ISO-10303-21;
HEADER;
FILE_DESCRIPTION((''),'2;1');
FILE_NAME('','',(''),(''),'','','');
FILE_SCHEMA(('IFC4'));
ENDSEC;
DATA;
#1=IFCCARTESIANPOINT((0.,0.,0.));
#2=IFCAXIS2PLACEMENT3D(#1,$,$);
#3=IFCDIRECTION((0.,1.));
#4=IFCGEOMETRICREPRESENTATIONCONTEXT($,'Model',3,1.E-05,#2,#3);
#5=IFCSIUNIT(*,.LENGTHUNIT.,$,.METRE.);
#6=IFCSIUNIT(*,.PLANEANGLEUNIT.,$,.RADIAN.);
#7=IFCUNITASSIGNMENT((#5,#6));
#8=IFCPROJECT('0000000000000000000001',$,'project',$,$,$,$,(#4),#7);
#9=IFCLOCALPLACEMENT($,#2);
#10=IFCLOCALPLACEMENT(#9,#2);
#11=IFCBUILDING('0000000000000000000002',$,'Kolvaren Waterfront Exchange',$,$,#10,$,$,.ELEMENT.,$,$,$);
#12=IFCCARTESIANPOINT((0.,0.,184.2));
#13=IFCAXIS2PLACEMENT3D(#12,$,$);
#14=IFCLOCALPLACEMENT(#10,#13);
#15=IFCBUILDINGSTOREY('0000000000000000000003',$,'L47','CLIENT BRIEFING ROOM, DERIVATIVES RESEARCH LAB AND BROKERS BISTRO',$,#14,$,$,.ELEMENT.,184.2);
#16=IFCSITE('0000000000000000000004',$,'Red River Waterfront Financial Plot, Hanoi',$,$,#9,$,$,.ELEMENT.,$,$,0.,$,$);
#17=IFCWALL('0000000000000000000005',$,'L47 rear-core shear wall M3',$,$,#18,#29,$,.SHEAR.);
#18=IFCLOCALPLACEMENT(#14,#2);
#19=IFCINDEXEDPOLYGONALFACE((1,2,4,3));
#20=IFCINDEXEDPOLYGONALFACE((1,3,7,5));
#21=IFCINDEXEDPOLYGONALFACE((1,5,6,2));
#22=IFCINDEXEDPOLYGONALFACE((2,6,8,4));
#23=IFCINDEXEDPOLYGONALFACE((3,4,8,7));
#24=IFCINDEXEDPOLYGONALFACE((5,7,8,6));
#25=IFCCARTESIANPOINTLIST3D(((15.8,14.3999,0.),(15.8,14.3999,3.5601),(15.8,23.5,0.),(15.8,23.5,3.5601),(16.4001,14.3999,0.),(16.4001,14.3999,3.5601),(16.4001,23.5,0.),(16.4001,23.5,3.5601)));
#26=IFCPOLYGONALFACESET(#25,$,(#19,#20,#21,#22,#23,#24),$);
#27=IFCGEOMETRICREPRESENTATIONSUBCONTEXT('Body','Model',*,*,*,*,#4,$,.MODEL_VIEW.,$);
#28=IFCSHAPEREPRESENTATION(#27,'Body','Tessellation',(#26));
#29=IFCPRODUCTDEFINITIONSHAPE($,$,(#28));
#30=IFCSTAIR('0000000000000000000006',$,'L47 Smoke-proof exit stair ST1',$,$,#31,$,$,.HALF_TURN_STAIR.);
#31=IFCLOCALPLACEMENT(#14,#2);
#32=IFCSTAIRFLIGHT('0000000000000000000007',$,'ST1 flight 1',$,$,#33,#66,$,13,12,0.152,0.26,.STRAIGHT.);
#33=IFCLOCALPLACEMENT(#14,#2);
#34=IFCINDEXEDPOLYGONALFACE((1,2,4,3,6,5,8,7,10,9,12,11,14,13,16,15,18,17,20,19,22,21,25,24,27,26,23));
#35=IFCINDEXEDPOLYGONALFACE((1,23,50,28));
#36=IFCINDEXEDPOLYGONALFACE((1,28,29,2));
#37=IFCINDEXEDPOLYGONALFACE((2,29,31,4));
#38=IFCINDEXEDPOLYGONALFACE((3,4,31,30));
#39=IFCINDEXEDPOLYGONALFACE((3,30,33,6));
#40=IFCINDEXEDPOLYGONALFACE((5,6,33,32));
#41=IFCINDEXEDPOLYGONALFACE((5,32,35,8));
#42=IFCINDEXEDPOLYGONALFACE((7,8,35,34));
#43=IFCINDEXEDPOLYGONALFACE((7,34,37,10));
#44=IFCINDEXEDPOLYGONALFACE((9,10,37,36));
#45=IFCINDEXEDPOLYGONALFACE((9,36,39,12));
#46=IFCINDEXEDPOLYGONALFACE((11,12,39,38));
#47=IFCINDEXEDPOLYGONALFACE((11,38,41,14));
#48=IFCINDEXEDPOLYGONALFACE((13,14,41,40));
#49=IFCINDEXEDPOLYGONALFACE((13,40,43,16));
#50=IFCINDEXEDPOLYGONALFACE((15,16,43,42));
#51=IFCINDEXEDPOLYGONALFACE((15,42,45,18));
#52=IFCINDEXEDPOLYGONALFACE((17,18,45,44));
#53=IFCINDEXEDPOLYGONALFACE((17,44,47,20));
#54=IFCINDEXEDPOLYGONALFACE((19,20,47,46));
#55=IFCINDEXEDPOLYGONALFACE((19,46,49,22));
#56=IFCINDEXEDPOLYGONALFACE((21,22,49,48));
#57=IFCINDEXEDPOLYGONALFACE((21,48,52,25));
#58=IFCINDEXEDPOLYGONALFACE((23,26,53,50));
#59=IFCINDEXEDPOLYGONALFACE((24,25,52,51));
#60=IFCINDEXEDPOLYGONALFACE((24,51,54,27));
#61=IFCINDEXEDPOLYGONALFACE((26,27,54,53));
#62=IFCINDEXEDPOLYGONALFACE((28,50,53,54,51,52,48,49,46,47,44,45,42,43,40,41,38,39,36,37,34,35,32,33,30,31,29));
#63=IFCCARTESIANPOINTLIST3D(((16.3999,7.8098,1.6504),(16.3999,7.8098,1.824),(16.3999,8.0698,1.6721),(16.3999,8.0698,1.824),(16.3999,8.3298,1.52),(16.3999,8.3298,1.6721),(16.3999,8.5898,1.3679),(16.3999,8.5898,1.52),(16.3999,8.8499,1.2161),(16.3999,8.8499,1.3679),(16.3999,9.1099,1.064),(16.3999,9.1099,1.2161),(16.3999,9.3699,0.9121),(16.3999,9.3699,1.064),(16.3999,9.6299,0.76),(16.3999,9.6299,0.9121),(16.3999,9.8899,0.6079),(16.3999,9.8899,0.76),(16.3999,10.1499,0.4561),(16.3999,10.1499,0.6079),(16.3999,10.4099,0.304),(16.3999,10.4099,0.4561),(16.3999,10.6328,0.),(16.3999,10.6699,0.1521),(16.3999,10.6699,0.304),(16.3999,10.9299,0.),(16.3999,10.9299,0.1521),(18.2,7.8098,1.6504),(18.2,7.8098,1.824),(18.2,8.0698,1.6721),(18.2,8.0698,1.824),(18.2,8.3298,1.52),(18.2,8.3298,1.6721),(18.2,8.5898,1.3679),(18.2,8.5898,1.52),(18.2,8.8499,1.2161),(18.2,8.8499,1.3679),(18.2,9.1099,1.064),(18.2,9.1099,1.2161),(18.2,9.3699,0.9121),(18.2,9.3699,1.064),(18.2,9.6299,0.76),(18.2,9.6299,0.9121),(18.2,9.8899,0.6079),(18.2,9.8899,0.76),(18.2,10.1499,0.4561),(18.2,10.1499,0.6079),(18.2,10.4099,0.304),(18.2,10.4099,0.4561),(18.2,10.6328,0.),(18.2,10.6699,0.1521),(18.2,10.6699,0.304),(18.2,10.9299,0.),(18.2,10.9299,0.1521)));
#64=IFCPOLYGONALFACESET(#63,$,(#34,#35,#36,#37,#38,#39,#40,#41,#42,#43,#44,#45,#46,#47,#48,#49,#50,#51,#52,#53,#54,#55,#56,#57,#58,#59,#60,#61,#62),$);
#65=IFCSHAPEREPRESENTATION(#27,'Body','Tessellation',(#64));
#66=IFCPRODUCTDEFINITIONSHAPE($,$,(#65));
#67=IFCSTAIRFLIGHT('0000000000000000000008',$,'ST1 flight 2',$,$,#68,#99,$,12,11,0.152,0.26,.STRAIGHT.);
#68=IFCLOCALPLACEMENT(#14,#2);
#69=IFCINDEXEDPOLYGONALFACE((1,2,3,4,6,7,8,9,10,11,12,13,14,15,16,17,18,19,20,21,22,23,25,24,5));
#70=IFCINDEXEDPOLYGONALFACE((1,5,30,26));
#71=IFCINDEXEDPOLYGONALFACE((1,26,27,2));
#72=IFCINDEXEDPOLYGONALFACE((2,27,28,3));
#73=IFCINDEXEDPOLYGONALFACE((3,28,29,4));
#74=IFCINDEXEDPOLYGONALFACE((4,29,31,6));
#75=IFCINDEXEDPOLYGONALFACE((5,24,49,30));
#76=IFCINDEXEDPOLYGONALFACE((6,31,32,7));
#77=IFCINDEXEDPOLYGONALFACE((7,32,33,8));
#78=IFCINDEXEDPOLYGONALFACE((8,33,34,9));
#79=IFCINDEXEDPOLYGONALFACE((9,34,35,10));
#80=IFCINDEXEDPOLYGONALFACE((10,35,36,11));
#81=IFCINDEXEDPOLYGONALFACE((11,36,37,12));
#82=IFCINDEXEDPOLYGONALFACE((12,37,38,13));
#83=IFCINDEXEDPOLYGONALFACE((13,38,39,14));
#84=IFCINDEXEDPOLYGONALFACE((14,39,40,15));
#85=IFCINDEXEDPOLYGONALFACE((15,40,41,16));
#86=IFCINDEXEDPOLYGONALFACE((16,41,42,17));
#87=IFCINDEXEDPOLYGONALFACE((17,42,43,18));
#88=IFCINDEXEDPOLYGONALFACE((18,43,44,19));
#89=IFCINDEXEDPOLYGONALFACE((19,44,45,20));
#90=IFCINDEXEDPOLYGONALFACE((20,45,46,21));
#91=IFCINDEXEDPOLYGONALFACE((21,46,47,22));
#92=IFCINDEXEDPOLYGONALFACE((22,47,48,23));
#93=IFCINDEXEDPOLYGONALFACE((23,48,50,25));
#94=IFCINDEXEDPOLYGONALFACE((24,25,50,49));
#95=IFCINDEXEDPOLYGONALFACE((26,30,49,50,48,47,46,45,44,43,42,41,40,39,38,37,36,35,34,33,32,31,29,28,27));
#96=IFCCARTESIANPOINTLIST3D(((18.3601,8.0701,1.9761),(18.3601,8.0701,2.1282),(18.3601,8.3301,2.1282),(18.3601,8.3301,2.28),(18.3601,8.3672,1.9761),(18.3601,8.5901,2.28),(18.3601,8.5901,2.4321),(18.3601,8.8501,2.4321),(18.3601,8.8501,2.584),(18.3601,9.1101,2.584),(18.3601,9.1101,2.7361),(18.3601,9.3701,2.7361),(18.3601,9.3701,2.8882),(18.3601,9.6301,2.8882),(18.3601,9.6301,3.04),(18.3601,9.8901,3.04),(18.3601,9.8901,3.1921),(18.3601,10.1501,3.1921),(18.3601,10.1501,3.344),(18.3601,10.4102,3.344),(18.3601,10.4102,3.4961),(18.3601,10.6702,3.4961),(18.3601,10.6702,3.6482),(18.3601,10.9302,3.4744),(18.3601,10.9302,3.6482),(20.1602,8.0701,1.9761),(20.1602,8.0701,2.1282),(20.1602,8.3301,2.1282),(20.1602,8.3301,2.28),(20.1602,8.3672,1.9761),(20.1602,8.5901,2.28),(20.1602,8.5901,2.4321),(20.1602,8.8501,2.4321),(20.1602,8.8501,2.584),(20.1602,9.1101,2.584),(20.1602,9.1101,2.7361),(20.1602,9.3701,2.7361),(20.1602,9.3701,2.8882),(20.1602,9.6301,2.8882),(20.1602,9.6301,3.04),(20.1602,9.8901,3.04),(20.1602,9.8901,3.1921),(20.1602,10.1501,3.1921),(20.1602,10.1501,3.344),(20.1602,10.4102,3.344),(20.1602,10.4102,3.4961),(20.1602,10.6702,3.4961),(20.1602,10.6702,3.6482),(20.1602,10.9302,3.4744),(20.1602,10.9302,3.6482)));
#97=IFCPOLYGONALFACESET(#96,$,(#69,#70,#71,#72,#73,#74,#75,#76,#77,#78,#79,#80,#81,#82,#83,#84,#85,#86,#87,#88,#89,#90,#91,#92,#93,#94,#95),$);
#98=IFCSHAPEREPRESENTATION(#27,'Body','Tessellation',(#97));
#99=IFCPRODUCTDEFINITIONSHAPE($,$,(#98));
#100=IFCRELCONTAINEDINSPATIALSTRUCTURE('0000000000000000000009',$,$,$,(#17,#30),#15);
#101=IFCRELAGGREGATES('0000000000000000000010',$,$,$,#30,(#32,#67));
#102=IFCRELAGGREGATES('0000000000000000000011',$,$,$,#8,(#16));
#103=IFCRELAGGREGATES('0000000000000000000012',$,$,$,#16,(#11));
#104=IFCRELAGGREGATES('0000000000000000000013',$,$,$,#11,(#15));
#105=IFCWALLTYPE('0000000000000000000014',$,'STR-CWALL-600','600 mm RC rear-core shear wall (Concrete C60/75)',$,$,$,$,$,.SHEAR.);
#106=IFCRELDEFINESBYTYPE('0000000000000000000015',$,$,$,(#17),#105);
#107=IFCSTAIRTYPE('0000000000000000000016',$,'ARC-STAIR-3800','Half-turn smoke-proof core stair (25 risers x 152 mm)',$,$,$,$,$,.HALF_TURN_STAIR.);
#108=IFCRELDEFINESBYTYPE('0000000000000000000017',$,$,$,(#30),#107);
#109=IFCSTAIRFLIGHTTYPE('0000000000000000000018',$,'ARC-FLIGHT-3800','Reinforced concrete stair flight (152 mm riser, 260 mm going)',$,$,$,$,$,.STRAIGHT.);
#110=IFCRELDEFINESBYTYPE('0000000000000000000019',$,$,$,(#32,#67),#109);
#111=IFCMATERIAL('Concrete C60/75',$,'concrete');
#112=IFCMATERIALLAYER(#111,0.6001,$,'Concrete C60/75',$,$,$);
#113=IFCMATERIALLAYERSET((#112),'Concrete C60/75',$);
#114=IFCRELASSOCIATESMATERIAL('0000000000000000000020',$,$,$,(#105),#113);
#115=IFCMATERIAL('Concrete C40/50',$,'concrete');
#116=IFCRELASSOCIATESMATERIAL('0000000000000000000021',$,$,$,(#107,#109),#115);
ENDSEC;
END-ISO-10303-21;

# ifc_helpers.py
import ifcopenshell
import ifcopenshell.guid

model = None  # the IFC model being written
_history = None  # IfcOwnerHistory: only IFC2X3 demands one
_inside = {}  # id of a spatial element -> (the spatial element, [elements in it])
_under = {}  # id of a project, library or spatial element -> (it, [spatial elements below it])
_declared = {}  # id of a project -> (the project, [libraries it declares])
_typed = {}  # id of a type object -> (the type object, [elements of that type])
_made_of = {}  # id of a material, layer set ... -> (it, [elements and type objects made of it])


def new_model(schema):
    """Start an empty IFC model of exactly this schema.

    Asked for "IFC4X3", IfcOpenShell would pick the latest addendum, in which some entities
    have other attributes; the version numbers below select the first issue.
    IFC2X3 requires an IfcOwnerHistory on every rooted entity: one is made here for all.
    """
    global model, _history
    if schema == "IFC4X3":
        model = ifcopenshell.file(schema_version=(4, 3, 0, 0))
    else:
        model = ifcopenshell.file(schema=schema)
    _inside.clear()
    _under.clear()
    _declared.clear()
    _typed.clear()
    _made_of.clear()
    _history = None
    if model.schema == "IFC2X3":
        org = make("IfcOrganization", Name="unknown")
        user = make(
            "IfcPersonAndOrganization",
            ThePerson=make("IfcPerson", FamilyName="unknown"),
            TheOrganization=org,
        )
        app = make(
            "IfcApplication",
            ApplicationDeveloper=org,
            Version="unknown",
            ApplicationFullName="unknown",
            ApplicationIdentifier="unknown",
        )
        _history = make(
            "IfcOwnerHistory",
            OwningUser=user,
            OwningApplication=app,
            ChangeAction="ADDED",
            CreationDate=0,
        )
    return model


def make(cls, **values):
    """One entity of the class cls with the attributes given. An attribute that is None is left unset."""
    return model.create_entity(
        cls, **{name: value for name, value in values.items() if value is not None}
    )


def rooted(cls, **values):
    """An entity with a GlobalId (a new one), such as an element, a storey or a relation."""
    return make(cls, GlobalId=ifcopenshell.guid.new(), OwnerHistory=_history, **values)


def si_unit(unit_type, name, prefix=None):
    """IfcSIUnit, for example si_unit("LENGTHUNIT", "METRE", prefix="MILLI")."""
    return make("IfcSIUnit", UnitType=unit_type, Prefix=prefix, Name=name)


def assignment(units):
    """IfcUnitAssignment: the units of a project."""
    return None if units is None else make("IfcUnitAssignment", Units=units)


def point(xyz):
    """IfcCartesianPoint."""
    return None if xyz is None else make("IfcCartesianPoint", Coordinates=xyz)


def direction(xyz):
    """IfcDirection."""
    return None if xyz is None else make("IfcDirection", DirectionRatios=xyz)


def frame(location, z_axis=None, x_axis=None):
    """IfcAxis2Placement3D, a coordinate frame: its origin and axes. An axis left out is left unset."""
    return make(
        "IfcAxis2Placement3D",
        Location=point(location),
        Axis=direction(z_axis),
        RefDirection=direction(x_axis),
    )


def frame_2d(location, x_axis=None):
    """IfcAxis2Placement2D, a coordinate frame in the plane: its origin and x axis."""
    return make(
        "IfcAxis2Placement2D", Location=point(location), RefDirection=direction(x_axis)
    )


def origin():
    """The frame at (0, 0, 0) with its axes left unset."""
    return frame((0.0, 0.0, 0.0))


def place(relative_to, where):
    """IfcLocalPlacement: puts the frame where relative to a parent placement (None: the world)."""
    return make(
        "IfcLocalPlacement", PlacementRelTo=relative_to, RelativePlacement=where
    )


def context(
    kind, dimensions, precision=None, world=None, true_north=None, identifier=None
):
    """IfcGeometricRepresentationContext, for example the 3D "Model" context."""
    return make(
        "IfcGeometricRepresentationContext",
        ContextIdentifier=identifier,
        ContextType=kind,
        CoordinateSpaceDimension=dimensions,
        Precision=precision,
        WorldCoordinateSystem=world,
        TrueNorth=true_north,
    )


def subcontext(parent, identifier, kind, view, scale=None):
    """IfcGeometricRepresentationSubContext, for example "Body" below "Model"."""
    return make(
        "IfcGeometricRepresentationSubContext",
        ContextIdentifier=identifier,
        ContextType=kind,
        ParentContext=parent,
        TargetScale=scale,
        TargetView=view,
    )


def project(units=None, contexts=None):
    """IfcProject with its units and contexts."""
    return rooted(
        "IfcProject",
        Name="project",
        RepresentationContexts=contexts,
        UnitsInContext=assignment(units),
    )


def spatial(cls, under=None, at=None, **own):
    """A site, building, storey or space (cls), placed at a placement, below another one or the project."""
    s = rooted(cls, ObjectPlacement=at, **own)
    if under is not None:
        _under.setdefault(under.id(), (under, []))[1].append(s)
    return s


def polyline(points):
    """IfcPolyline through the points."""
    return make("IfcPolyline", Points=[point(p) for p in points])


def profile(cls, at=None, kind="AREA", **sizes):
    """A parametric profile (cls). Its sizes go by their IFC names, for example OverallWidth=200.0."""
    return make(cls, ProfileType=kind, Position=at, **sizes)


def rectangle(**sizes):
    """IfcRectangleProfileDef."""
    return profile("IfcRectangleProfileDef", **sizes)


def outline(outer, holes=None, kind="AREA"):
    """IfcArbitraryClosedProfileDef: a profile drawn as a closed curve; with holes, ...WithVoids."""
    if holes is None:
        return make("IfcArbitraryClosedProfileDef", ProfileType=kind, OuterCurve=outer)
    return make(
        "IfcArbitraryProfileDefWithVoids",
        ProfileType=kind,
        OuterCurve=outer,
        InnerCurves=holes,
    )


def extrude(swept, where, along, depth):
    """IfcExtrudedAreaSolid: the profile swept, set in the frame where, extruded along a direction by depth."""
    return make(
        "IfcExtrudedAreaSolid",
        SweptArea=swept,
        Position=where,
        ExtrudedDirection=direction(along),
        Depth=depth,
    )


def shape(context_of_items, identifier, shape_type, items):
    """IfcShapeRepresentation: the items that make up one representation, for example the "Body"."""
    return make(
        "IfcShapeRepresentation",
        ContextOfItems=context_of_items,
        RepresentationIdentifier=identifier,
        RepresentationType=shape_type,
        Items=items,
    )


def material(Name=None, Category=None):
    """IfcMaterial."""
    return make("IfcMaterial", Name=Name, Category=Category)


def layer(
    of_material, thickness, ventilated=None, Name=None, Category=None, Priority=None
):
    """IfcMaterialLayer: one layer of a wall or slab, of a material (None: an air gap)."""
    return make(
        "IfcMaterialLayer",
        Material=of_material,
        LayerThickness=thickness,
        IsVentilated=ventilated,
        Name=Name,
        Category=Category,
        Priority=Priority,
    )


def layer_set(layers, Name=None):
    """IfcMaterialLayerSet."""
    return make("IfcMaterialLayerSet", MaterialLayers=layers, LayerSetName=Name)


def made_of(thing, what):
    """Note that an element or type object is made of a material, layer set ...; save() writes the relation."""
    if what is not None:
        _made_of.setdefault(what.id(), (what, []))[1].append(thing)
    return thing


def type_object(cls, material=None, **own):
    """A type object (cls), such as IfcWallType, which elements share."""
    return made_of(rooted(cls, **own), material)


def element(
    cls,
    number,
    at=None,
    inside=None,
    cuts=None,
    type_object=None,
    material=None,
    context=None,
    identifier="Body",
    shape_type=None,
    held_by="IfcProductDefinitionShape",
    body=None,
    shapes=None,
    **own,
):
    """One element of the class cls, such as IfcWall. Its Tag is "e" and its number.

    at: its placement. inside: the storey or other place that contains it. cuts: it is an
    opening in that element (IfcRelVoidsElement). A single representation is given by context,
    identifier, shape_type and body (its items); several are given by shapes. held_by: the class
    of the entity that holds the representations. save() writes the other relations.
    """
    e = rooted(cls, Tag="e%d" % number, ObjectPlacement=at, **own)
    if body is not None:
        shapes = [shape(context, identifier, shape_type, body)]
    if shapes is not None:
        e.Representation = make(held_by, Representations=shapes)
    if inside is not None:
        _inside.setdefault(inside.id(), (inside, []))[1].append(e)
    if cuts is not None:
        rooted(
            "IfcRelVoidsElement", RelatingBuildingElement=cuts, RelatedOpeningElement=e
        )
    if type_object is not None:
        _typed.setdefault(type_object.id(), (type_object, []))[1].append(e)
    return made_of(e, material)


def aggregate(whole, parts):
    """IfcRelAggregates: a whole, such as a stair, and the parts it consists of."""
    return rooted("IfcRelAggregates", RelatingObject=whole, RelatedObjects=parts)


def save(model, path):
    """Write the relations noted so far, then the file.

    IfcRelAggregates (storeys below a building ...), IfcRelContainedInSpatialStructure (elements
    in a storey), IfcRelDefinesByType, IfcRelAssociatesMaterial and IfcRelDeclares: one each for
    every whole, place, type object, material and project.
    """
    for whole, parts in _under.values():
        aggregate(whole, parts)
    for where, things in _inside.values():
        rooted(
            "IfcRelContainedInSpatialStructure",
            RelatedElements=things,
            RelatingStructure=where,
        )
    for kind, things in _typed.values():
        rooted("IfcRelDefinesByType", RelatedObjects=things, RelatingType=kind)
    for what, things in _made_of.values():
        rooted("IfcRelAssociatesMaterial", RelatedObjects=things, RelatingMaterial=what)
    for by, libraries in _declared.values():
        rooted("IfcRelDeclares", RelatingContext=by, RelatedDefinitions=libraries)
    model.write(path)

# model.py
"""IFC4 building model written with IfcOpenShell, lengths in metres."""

from ifc_helpers import new_model, si_unit, direction, frame, frame_2d, origin, place, context, subcontext, project, spatial, polyline, rectangle, outline, extrude, material, layer, layer_set, type_object, element, aggregate, save


model = new_model("IFC4")

# Units and contexts
model_context = context("Model", 3, precision=1e-05, world=origin(), true_north=direction((0.0, 1.0)))
body_context = subcontext(model_context, "Body", "Model", "MODEL_VIEW")
ifc_project = project(units=[si_unit("LENGTHUNIT", "METRE"), si_unit("PLANEANGLEUNIT", "RADIAN")], contexts=[model_context])

# Site, building, storey
site_placement = place(None, origin())
site = spatial("IfcSite", under=ifc_project, at=site_placement, Name="Red River Waterfront Financial Plot, Hanoi", CompositionType="ELEMENT", RefElevation=0.0)
building_placement = place(site_placement, origin())
building = spatial("IfcBuilding", under=site, at=building_placement, Name="Kolvaren Waterfront Exchange", CompositionType="ELEMENT")
storey_placement = place(building_placement, frame((0.0, 0.0, 184.2)))
storey = spatial("IfcBuildingStorey", under=building, at=storey_placement, Name="L47", Description="CLIENT BRIEFING ROOM, DERIVATIVES RESEARCH LAB AND BROKERS BISTRO", CompositionType="ELEMENT", Elevation=184.2)

# Shared definitions
ifc_material_1 = material(Name="Concrete C60/75", Category="concrete")

# Wall
ifc_material_2 = material(Name="Concrete C40/50", Category="concrete")
ifc_layer_1 = layer(ifc_material_1, 0.6001, Name="Concrete C60/75")
ifc_layer_set_1 = layer_set([ifc_layer_1], Name="Concrete C60/75")
wall_type_1 = type_object("IfcWallType", Name="STR-CWALL-600", Description="600 mm RC rear-core shear wall (Concrete C60/75)", PredefinedType="SHEAR", material=ifc_layer_set_1)
wall_1_placement = place(storey_placement, frame((16.1001, 14.3999, 0.0), z_axis=(0.0, 0.0, 1.0), x_axis=(0.0, 1.0, 0.0)))
element("IfcWall", 1, at=wall_1_placement, inside=storey, type_object=wall_type_1, Name="L47 rear-core shear wall M3", PredefinedType="SHEAR", context=body_context, shape_type="SweptSolid", body=[
    extrude(rectangle(XDim=9.1001, YDim=0.6001, at=frame_2d((4.55, 0.0))), origin(), (0.0, 0.0, 1.0), 3.5601),
])

# Stair, stair flights
stair_type = type_object("IfcStairType", Name="ARC-STAIR-3800", Description="Half-turn smoke-proof core stair (25 risers x 152 mm)", PredefinedType="HALF_TURN_STAIR", material=ifc_material_2)
stair_placement = place(storey_placement, origin())
stair = element("IfcStair", 2, at=stair_placement, inside=storey, type_object=stair_type, Name="L47 Smoke-proof exit stair ST1", PredefinedType="HALF_TURN_STAIR")
stair_flight_type = type_object("IfcStairFlightType", Name="ARC-FLIGHT-3800", Description="Reinforced concrete stair flight (152 mm riser, 260 mm going)", PredefinedType="STRAIGHT", material=ifc_material_2)
stair_flight_1_placement = place(storey_placement, frame((17.3, 10.9299, 0.0), z_axis=(0.0, 0.0, 1.0), x_axis=(0.0, -1.0, 0.0)))
stair_flight_1 = element("IfcStairFlight", 3, at=stair_flight_1_placement, type_object=stair_flight_type, Name="ST1 flight 1", NumberOfRisers=13, NumberOfTreads=12, PredefinedType="STRAIGHT", RiserHeight=0.152, TreadLength=0.26, context=body_context, shape_type="SweptSolid", body=[
    extrude(outline(polyline([(0.0, 0.0), (0.0, 0.1521), (0.26, 0.1521), (0.26, 0.304), (0.52, 0.304), (0.52, 0.4561), (0.78, 0.4561), (0.78, 0.6079), (1.04, 0.6079), (1.04, 0.76), (1.3, 0.76), (1.3, 0.9121), (1.5601, 0.9121), (1.5601, 1.064), (1.8201, 1.064), (1.8201, 1.2161), (2.0801, 1.2161), (2.0801, 1.3679), (2.3401, 1.3679), (2.3401, 1.52), (2.6001, 1.52), (2.6001, 1.6721), (2.8601, 1.6721), (2.8601, 1.824), (3.1201, 1.824), (3.1201, 1.9761), (3.1201, 1.6504), (0.2971, 0.0), (0.0, 0.0)])), frame((0.0, 0.8999, 0.0), z_axis=(0.0, -1.0, 0.0), x_axis=(1.0, 0.0, 0.0)), (0.0, 0.0, 1.0), 1.8),
])
stair_flight_2_placement = place(storey_placement, frame((19.26, 8.0701, 1.9761), z_axis=(0.0, 0.0, 1.0), x_axis=(0.0, 1.0, 0.0)))
stair_flight_2 = element("IfcStairFlight", 4, at=stair_flight_2_placement, type_object=stair_flight_type, Name="ST1 flight 2", NumberOfRisers=12, NumberOfTreads=11, PredefinedType="STRAIGHT", RiserHeight=0.152, TreadLength=0.26, context=body_context, shape_type="SweptSolid", body=[
    extrude(outline(polyline([(0.0, 0.0), (0.0, 0.1521), (0.26, 0.1521), (0.26, 0.304), (0.52, 0.304), (0.52, 0.4561), (0.78, 0.4561), (0.78, 0.6079), (1.04, 0.6079), (1.04, 0.76), (1.3, 0.76), (1.3, 0.9121), (1.5601, 0.9121), (1.5601, 1.064), (1.8201, 1.064), (1.8201, 1.2161), (2.0801, 1.2161), (2.0801, 1.3679), (2.3401, 1.3679), (2.3401, 1.52), (2.6001, 1.52), (2.6001, 1.6721), (2.8601, 1.6721), (2.8601, 1.824), (2.8601, 1.4983), (0.2971, 0.0), (0.0, 0.0)])), frame((0.0, 0.8999, 0.0), z_axis=(0.0, -1.0, 0.0), x_axis=(1.0, 0.0, 0.0)), (0.0, 0.0, 1.0), 1.8),
])
aggregate(stair, [stair_flight_1, stair_flight_2])

save(model, "model.ifc")
